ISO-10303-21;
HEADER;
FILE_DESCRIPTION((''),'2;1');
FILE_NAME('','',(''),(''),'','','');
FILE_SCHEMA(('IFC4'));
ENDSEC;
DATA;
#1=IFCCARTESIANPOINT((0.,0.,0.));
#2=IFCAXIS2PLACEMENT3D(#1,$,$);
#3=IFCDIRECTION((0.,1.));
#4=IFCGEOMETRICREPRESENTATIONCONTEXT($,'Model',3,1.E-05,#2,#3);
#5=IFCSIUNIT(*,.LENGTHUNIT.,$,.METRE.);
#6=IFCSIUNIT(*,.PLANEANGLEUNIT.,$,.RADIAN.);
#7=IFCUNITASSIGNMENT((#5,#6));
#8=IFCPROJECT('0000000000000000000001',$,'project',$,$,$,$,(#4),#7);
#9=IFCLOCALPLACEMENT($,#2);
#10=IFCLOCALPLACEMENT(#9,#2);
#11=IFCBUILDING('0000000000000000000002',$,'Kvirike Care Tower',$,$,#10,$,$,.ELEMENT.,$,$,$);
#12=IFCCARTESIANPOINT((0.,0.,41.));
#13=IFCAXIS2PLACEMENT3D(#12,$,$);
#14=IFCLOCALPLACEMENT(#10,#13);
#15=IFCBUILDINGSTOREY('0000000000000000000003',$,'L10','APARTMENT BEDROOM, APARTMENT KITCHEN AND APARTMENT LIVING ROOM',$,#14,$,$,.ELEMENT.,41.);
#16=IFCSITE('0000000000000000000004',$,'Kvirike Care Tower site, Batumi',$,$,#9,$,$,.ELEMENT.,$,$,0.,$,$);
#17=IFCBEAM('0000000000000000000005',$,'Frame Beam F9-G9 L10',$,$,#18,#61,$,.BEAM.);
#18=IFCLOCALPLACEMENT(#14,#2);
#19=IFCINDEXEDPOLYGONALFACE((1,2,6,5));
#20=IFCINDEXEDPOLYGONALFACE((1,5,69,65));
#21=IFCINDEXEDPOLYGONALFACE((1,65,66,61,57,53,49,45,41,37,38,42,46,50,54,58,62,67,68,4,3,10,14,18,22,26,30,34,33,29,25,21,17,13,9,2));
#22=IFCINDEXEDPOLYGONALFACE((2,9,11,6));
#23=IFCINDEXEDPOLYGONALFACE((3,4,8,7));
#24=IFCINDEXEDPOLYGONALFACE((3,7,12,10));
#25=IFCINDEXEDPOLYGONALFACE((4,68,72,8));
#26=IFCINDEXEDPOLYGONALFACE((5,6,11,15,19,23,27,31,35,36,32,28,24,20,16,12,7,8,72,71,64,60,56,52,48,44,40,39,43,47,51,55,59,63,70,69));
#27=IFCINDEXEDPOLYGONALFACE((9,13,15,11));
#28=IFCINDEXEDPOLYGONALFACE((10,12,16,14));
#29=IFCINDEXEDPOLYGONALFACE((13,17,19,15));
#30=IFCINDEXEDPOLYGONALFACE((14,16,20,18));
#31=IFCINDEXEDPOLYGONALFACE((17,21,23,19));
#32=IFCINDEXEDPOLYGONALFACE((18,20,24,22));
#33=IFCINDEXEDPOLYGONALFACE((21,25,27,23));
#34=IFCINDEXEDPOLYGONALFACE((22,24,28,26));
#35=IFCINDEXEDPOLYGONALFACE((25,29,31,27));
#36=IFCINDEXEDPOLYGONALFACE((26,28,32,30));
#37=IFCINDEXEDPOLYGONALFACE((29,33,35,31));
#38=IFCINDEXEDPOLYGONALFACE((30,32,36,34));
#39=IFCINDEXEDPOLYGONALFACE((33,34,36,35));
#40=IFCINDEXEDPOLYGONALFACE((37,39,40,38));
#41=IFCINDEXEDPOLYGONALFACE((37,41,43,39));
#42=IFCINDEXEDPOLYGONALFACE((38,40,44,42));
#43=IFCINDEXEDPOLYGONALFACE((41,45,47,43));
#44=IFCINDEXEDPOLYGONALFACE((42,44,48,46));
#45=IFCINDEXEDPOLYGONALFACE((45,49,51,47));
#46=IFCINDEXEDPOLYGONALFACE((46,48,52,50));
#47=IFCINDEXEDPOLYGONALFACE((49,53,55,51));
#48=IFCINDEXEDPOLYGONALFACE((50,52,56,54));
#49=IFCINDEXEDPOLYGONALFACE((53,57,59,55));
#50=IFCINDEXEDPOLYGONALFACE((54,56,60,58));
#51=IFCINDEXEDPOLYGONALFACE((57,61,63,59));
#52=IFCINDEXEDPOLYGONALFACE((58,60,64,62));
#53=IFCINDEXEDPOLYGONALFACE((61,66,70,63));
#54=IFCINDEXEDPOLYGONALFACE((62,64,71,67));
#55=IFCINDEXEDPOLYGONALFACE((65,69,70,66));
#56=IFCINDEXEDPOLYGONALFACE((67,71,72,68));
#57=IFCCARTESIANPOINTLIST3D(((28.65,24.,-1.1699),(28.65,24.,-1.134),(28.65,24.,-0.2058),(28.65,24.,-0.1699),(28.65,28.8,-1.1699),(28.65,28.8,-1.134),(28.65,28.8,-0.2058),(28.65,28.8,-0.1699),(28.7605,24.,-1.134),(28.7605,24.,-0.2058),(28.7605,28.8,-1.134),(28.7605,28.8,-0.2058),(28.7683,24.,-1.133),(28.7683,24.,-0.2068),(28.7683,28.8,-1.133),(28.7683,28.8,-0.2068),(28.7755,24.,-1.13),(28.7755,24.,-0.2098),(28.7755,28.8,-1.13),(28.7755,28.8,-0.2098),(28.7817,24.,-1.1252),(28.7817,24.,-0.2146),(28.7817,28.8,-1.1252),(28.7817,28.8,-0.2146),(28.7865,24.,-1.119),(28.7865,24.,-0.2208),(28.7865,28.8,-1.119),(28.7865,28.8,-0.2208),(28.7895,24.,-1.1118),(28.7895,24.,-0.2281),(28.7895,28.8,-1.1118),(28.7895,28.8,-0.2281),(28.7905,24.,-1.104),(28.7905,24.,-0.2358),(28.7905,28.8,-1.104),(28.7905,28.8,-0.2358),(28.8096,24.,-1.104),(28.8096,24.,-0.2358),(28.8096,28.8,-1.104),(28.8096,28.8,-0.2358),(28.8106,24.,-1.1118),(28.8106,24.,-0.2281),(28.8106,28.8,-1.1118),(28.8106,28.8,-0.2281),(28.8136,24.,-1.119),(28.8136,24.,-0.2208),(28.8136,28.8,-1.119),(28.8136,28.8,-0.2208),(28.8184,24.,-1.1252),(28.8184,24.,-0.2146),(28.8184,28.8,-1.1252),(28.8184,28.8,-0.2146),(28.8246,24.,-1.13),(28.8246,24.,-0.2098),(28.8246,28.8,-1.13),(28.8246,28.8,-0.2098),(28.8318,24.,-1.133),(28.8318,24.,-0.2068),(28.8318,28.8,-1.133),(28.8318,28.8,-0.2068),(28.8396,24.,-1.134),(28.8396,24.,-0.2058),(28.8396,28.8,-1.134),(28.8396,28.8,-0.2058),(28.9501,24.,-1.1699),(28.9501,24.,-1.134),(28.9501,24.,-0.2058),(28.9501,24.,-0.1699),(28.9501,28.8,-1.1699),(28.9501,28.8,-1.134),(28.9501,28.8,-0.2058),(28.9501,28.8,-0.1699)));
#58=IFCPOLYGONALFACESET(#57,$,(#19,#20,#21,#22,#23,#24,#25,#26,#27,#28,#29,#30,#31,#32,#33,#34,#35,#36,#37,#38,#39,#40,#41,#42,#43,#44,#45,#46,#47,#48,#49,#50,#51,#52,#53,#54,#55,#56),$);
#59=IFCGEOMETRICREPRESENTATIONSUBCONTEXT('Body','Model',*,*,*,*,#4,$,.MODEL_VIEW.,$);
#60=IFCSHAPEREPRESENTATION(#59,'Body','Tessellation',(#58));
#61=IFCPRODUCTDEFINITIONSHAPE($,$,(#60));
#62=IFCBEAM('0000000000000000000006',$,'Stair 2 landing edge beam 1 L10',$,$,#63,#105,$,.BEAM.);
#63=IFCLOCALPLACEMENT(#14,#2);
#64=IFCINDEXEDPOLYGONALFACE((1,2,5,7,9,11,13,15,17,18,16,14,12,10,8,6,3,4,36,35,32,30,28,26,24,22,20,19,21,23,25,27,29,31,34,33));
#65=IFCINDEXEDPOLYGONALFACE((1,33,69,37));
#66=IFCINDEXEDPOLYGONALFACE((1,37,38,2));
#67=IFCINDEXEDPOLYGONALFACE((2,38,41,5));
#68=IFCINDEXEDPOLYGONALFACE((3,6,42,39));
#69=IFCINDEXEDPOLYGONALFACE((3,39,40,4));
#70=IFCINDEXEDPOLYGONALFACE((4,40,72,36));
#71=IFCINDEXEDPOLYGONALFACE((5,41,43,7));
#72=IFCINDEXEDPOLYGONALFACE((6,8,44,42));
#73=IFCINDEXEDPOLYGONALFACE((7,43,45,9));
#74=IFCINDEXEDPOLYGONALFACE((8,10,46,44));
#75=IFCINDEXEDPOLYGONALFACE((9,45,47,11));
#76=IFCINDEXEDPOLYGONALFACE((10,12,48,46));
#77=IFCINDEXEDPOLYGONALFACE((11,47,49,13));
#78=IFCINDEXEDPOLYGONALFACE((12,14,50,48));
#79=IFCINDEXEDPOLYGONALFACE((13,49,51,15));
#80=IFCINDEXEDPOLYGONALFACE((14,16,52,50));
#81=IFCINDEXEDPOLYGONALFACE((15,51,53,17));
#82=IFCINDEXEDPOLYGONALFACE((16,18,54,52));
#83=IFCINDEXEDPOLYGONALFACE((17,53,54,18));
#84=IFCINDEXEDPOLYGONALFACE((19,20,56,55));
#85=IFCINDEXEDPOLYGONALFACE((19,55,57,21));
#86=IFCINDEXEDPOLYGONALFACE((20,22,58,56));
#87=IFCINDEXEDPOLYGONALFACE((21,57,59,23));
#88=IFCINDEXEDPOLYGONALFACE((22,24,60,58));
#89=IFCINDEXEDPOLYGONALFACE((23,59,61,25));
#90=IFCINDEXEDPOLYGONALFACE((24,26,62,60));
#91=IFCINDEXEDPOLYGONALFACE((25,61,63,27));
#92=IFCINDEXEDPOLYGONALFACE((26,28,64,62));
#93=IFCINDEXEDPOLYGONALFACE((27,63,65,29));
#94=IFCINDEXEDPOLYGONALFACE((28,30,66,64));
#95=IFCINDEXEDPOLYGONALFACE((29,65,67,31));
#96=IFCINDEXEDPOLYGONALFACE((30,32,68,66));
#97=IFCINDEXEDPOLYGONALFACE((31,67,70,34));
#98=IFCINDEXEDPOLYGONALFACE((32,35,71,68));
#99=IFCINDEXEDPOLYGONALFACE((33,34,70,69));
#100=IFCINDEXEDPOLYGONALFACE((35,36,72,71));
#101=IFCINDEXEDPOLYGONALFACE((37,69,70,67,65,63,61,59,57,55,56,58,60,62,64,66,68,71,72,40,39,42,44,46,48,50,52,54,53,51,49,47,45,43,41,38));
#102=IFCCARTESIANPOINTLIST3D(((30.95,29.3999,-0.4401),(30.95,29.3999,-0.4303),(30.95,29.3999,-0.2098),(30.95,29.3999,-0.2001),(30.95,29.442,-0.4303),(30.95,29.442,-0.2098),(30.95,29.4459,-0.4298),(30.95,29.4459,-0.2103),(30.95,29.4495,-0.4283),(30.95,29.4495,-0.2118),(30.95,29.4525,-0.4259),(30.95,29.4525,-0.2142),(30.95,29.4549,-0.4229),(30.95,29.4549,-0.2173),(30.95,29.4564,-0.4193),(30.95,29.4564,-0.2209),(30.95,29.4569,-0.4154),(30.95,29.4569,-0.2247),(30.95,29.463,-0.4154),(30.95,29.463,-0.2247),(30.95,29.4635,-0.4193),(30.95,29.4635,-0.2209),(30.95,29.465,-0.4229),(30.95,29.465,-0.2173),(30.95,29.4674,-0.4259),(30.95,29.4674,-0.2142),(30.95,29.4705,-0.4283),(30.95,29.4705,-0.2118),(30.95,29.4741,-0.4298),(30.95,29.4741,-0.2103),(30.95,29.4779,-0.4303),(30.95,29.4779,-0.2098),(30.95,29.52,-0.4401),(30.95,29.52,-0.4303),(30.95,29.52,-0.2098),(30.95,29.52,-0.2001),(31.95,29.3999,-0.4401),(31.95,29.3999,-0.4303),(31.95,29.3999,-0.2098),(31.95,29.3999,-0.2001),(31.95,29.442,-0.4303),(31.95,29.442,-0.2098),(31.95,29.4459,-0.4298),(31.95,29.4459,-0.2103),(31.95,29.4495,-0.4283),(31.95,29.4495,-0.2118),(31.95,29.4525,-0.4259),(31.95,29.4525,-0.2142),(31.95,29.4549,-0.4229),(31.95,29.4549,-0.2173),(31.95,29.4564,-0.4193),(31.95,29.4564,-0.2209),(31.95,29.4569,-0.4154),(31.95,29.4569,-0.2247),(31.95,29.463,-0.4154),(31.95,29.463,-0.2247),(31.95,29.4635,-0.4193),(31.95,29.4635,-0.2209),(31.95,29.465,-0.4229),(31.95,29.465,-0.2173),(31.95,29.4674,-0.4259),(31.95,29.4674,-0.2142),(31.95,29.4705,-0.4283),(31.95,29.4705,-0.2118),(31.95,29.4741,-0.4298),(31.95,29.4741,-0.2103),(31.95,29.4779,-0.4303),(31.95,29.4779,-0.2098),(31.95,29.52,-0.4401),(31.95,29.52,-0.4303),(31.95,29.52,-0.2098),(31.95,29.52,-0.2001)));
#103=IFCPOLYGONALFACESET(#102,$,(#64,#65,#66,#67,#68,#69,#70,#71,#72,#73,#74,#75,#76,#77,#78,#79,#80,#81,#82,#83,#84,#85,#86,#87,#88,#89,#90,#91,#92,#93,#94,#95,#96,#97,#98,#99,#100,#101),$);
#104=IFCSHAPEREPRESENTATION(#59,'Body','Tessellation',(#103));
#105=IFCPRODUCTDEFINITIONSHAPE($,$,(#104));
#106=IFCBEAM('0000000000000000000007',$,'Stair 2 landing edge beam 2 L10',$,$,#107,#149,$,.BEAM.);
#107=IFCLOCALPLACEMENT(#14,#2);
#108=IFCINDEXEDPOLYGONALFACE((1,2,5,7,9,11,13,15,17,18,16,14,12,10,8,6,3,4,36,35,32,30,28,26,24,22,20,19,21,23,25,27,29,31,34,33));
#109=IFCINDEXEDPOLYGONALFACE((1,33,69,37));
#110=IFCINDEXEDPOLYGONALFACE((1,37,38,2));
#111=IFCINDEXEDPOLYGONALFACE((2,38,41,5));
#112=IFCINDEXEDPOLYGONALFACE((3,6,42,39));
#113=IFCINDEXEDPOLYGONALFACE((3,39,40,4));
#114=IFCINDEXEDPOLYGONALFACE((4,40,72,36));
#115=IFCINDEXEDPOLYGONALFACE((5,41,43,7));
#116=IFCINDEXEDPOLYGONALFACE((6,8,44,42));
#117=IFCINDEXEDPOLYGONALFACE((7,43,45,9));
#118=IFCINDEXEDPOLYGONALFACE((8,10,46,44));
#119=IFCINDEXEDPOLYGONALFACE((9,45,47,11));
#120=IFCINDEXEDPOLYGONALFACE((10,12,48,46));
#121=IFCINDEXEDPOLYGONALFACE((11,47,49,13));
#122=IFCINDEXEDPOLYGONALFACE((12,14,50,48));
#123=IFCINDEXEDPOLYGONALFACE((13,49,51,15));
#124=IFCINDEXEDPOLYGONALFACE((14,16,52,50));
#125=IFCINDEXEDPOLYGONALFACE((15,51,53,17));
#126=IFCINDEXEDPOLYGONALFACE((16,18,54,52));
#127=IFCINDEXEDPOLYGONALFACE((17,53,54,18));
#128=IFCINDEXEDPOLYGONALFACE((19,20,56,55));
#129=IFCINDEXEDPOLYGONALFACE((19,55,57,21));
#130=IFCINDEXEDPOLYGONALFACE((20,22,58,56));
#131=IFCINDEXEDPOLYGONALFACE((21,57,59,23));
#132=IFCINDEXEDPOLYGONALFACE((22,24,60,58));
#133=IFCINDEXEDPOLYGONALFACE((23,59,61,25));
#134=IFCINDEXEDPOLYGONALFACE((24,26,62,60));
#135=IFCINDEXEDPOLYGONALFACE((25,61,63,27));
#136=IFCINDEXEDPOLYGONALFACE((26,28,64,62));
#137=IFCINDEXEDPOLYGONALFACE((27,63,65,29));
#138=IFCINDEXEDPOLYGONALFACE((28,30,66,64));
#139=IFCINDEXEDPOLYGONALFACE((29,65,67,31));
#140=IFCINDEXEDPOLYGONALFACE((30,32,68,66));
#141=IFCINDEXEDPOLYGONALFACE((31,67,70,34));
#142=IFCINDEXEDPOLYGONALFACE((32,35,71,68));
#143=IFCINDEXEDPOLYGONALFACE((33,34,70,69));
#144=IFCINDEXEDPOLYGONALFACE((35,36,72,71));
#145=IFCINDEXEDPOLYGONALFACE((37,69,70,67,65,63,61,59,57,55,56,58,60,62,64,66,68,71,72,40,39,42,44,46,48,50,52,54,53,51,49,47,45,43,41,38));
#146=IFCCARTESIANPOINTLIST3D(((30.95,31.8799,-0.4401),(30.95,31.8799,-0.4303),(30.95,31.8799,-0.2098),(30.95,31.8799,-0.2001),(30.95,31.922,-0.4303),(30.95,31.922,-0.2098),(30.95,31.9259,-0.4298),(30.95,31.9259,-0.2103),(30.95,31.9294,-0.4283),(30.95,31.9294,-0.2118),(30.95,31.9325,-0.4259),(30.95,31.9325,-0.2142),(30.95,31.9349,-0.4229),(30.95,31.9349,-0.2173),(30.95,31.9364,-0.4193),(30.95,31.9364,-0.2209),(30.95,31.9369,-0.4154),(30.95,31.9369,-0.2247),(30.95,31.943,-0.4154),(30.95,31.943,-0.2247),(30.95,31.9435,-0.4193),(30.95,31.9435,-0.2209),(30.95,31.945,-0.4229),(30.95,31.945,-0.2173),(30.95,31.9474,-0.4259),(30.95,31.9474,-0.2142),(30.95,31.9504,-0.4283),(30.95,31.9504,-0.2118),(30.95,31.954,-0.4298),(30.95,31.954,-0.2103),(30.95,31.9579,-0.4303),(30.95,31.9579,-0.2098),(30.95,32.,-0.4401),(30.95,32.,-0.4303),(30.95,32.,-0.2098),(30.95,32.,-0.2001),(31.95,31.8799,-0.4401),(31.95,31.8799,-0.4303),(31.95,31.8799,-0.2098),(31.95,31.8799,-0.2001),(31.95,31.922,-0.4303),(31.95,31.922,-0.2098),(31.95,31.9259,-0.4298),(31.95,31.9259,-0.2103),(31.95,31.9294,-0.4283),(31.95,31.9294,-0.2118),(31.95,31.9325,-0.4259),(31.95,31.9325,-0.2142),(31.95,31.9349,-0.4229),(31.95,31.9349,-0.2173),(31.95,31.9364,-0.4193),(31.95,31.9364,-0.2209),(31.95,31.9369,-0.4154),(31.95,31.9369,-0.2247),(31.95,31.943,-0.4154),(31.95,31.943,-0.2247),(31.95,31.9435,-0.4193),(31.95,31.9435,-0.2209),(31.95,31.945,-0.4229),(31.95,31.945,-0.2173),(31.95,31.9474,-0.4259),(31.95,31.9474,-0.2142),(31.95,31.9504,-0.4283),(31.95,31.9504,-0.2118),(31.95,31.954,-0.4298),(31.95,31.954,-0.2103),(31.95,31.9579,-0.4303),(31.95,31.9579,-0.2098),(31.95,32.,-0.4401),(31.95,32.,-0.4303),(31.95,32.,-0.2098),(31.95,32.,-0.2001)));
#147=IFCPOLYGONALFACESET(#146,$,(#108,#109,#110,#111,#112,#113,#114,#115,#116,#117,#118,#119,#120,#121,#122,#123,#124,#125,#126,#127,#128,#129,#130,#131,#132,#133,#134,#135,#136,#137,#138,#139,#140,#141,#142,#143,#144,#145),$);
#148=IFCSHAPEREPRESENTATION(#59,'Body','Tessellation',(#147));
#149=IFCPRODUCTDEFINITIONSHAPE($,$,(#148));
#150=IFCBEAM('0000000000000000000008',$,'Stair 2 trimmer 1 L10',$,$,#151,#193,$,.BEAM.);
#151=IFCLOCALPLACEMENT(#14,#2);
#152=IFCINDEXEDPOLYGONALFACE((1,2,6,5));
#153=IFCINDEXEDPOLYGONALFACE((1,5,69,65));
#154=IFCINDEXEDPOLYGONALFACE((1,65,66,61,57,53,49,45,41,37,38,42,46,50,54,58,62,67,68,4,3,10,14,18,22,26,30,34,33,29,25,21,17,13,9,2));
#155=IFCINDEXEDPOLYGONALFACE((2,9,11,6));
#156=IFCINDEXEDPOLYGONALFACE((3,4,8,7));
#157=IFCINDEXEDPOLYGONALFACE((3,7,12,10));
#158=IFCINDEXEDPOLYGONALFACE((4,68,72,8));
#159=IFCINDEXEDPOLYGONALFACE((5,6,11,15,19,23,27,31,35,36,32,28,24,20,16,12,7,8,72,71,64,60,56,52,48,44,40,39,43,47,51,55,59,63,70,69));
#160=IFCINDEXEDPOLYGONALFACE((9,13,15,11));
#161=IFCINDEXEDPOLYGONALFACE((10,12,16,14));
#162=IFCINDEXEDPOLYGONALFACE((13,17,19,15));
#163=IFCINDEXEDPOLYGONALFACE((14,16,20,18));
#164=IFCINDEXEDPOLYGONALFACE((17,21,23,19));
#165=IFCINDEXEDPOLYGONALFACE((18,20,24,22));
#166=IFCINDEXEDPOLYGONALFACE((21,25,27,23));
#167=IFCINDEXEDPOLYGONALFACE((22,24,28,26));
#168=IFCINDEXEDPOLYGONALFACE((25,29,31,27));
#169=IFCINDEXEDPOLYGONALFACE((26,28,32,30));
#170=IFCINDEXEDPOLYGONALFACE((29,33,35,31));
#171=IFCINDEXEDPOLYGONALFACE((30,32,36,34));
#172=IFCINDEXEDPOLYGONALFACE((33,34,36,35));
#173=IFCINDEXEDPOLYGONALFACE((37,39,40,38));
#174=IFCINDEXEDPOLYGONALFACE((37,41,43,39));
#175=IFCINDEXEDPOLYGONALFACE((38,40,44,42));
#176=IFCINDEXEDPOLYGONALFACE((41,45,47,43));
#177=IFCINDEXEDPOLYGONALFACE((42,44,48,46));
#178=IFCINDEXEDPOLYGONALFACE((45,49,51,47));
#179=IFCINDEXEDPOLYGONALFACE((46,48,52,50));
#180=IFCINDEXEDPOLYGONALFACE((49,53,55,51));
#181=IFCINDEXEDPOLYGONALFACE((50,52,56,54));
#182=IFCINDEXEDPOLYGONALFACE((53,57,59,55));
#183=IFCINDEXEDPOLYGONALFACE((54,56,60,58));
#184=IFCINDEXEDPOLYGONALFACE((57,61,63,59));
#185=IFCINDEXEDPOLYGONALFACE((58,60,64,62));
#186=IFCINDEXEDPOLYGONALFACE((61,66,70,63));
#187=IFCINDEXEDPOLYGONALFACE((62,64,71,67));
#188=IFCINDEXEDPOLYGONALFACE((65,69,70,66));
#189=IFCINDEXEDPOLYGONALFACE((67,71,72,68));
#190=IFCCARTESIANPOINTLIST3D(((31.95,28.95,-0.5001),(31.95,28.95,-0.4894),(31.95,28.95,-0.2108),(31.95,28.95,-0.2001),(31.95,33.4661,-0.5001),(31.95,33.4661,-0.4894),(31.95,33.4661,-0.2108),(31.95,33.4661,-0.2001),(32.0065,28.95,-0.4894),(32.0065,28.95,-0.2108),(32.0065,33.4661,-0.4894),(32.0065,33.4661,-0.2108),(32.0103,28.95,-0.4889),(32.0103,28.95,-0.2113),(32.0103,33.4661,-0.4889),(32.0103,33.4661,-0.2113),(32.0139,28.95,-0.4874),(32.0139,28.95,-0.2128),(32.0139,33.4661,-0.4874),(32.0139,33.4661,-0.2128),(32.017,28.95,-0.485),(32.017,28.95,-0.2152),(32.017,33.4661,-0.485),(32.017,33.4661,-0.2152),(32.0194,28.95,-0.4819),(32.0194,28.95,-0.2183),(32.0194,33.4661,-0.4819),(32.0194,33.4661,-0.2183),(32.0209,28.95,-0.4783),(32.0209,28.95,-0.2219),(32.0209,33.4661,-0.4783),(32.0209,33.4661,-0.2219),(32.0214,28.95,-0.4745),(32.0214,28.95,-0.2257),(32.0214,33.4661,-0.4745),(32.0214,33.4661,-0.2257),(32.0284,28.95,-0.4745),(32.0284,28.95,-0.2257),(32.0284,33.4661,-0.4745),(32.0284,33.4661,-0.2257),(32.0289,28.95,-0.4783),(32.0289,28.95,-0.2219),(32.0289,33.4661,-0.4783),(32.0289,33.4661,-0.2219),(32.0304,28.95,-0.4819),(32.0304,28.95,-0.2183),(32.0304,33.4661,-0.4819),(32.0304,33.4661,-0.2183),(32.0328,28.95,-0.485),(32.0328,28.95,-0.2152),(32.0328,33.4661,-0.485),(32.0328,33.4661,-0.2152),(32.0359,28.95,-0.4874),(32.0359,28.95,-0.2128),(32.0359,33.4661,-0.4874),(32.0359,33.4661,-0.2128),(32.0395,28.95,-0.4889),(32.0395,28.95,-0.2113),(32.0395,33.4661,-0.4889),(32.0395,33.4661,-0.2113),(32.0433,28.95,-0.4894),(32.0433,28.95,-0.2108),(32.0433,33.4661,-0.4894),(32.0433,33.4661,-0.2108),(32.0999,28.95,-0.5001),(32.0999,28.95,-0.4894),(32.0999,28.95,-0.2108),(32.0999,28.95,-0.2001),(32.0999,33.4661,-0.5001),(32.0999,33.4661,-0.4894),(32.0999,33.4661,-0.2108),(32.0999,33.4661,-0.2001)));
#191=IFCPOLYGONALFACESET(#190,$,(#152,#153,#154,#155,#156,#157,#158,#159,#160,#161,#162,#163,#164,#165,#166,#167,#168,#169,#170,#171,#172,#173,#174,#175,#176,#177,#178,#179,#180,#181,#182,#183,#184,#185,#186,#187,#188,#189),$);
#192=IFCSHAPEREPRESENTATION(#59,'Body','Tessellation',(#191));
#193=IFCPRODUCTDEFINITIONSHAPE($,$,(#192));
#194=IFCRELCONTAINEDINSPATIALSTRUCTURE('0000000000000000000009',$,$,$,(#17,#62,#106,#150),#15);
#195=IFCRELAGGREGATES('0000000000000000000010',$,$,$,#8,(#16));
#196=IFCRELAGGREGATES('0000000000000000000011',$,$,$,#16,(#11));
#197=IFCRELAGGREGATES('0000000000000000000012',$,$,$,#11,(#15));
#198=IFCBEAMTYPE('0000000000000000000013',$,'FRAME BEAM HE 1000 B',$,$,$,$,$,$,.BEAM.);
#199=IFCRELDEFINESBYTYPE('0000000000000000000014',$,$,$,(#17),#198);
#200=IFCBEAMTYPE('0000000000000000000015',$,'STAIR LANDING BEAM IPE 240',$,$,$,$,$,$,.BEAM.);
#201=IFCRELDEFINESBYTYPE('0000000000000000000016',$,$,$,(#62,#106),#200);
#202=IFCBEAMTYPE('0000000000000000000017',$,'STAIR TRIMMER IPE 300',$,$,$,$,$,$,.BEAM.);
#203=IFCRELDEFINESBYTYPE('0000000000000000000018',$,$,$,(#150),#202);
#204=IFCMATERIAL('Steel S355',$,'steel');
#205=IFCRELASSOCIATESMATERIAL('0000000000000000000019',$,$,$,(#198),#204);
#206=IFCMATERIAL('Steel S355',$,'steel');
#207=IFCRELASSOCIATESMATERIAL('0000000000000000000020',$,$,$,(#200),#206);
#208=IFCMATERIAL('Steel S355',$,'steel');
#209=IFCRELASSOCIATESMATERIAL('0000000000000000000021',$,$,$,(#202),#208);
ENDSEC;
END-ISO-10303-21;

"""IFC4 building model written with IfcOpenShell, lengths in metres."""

from ifc_helpers import new_model, si_unit, direction, frame, origin, origin_2d, place, context, subcontext, project, spatial, i_section, extrude, material, material_profile, profile_set, type_object, element, save


model = new_model("IFC4")

# Units and contexts
model_context = context("Model", 3, precision=1e-05, world=origin(), true_north=direction((0.0, 1.0)))
body_context = subcontext(model_context, "Body", "Model", "MODEL_VIEW")
ifc_project = project(units=[si_unit("LENGTHUNIT", "METRE"), si_unit("PLANEANGLEUNIT", "RADIAN")], contexts=[model_context])

# Site, building, storey
site_placement = place(None, origin())
site = spatial("IfcSite", under=ifc_project, at=site_placement, Name="Kvirike Care Tower site, Batumi", CompositionType="ELEMENT", RefElevation=0.0)
building_placement = place(site_placement, origin())
building = spatial("IfcBuilding", under=site, at=building_placement, Name="Kvirike Care Tower", CompositionType="ELEMENT")
storey_placement = place(building_placement, frame((0.0, 0.0, 41.0)))
storey = spatial("IfcBuildingStorey", under=building, at=storey_placement, Name="L10", Description="APARTMENT BEDROOM, APARTMENT KITCHEN AND APARTMENT LIVING ROOM", CompositionType="ELEMENT", Elevation=41.0)

# Beams
ifc_material_1 = material(Name="Steel S355", Category="steel")
ifc_material_profile_1 = material_profile(ifc_material_1, i_section(OverallWidth=0.3, OverallDepth=1.0, WebThickness=0.019, FlangeThickness=0.0359, FilletRadius=0.03, at=origin_2d()), Name="HE 1000 B")
ifc_profile_set_1 = profile_set([ifc_material_profile_1], Name="Steel S355")
beam_type_1 = type_object("IfcBeamType", Name="FRAME BEAM HE 1000 B", PredefinedType="BEAM", material=ifc_profile_set_1)
for number, where, z_axis, x_axis, name in (
    (1, (28.8, 24.0, -0.6699), (0.0, 1.0, 0.0), (-1.0, 0.0, 0.0), "Frame Beam F9-G9 L10"),
):
    element("IfcBeam", number, at=place(storey_placement, frame(where, z_axis=z_axis, x_axis=x_axis)), inside=storey, type_object=beam_type_1, Name=name, PredefinedType="BEAM", context=body_context, shape_type="SweptSolid", body=[
        extrude(i_section(OverallWidth=0.3, OverallDepth=1.0, WebThickness=0.019, FlangeThickness=0.0359, FilletRadius=0.03, at=origin_2d()), origin(), (0.0, 0.0, 1.0), 4.8),
    ])
ifc_material_2 = material(Name="Steel S355", Category="steel")
ifc_material_profile_2 = material_profile(ifc_material_2, i_section(OverallWidth=0.1201, OverallDepth=0.24, WebThickness=0.0061, FlangeThickness=0.0098, FilletRadius=0.0149, at=origin_2d()), Name="IPE 240")
ifc_profile_set_2 = profile_set([ifc_material_profile_2], Name="Steel S355")
beam_type_2 = type_object("IfcBeamType", Name="STAIR LANDING BEAM IPE 240", PredefinedType="BEAM", material=ifc_profile_set_2)
for number, where, z_axis, x_axis, name in (
    (2, (31.95, 29.46, -0.3201), (-1.0, 0.0, 0.0), (0.0, -1.0, 0.0), "Stair 2 landing edge beam 1 L10"),
    (3, (31.95, 31.9399, -0.3201), (-1.0, 0.0, 0.0), (0.0, -1.0, 0.0), "Stair 2 landing edge beam 2 L10"),
):
    element("IfcBeam", number, at=place(storey_placement, frame(where, z_axis=z_axis, x_axis=x_axis)), inside=storey, type_object=beam_type_2, Name=name, PredefinedType="BEAM", context=body_context, shape_type="SweptSolid", body=[
        extrude(i_section(OverallWidth=0.1201, OverallDepth=0.24, WebThickness=0.0061, FlangeThickness=0.0098, FilletRadius=0.0149, at=origin_2d()), origin(), (0.0, 0.0, 1.0), 1.0),
    ])
ifc_material_3 = material(Name="Steel S355", Category="steel")
ifc_material_profile_3 = material_profile(ifc_material_3, i_section(OverallWidth=0.1499, OverallDepth=0.3, WebThickness=0.0071, FlangeThickness=0.0107, FilletRadius=0.0149, at=origin_2d()), Name="IPE 300")
ifc_profile_set_3 = profile_set([ifc_material_profile_3], Name="Steel S355")
beam_type_3 = type_object("IfcBeamType", Name="STAIR TRIMMER IPE 300", PredefinedType="BEAM", material=ifc_profile_set_3)
for number, where, z_axis, x_axis, name in (
    (4, (32.0249, 28.95, -0.3501), (0.0, 1.0, 0.0), (-1.0, 0.0, 0.0), "Stair 2 trimmer 1 L10"),
):
    element("IfcBeam", number, at=place(storey_placement, frame(where, z_axis=z_axis, x_axis=x_axis)), inside=storey, type_object=beam_type_3, Name=name, PredefinedType="BEAM", context=body_context, shape_type="SweptSolid", body=[
        extrude(i_section(OverallWidth=0.1499, OverallDepth=0.3, WebThickness=0.0071, FlangeThickness=0.0107, FilletRadius=0.0149, at=origin_2d()), origin(), (0.0, 0.0, 1.0), 4.5161),
    ])

save(model, "model.ifc")
